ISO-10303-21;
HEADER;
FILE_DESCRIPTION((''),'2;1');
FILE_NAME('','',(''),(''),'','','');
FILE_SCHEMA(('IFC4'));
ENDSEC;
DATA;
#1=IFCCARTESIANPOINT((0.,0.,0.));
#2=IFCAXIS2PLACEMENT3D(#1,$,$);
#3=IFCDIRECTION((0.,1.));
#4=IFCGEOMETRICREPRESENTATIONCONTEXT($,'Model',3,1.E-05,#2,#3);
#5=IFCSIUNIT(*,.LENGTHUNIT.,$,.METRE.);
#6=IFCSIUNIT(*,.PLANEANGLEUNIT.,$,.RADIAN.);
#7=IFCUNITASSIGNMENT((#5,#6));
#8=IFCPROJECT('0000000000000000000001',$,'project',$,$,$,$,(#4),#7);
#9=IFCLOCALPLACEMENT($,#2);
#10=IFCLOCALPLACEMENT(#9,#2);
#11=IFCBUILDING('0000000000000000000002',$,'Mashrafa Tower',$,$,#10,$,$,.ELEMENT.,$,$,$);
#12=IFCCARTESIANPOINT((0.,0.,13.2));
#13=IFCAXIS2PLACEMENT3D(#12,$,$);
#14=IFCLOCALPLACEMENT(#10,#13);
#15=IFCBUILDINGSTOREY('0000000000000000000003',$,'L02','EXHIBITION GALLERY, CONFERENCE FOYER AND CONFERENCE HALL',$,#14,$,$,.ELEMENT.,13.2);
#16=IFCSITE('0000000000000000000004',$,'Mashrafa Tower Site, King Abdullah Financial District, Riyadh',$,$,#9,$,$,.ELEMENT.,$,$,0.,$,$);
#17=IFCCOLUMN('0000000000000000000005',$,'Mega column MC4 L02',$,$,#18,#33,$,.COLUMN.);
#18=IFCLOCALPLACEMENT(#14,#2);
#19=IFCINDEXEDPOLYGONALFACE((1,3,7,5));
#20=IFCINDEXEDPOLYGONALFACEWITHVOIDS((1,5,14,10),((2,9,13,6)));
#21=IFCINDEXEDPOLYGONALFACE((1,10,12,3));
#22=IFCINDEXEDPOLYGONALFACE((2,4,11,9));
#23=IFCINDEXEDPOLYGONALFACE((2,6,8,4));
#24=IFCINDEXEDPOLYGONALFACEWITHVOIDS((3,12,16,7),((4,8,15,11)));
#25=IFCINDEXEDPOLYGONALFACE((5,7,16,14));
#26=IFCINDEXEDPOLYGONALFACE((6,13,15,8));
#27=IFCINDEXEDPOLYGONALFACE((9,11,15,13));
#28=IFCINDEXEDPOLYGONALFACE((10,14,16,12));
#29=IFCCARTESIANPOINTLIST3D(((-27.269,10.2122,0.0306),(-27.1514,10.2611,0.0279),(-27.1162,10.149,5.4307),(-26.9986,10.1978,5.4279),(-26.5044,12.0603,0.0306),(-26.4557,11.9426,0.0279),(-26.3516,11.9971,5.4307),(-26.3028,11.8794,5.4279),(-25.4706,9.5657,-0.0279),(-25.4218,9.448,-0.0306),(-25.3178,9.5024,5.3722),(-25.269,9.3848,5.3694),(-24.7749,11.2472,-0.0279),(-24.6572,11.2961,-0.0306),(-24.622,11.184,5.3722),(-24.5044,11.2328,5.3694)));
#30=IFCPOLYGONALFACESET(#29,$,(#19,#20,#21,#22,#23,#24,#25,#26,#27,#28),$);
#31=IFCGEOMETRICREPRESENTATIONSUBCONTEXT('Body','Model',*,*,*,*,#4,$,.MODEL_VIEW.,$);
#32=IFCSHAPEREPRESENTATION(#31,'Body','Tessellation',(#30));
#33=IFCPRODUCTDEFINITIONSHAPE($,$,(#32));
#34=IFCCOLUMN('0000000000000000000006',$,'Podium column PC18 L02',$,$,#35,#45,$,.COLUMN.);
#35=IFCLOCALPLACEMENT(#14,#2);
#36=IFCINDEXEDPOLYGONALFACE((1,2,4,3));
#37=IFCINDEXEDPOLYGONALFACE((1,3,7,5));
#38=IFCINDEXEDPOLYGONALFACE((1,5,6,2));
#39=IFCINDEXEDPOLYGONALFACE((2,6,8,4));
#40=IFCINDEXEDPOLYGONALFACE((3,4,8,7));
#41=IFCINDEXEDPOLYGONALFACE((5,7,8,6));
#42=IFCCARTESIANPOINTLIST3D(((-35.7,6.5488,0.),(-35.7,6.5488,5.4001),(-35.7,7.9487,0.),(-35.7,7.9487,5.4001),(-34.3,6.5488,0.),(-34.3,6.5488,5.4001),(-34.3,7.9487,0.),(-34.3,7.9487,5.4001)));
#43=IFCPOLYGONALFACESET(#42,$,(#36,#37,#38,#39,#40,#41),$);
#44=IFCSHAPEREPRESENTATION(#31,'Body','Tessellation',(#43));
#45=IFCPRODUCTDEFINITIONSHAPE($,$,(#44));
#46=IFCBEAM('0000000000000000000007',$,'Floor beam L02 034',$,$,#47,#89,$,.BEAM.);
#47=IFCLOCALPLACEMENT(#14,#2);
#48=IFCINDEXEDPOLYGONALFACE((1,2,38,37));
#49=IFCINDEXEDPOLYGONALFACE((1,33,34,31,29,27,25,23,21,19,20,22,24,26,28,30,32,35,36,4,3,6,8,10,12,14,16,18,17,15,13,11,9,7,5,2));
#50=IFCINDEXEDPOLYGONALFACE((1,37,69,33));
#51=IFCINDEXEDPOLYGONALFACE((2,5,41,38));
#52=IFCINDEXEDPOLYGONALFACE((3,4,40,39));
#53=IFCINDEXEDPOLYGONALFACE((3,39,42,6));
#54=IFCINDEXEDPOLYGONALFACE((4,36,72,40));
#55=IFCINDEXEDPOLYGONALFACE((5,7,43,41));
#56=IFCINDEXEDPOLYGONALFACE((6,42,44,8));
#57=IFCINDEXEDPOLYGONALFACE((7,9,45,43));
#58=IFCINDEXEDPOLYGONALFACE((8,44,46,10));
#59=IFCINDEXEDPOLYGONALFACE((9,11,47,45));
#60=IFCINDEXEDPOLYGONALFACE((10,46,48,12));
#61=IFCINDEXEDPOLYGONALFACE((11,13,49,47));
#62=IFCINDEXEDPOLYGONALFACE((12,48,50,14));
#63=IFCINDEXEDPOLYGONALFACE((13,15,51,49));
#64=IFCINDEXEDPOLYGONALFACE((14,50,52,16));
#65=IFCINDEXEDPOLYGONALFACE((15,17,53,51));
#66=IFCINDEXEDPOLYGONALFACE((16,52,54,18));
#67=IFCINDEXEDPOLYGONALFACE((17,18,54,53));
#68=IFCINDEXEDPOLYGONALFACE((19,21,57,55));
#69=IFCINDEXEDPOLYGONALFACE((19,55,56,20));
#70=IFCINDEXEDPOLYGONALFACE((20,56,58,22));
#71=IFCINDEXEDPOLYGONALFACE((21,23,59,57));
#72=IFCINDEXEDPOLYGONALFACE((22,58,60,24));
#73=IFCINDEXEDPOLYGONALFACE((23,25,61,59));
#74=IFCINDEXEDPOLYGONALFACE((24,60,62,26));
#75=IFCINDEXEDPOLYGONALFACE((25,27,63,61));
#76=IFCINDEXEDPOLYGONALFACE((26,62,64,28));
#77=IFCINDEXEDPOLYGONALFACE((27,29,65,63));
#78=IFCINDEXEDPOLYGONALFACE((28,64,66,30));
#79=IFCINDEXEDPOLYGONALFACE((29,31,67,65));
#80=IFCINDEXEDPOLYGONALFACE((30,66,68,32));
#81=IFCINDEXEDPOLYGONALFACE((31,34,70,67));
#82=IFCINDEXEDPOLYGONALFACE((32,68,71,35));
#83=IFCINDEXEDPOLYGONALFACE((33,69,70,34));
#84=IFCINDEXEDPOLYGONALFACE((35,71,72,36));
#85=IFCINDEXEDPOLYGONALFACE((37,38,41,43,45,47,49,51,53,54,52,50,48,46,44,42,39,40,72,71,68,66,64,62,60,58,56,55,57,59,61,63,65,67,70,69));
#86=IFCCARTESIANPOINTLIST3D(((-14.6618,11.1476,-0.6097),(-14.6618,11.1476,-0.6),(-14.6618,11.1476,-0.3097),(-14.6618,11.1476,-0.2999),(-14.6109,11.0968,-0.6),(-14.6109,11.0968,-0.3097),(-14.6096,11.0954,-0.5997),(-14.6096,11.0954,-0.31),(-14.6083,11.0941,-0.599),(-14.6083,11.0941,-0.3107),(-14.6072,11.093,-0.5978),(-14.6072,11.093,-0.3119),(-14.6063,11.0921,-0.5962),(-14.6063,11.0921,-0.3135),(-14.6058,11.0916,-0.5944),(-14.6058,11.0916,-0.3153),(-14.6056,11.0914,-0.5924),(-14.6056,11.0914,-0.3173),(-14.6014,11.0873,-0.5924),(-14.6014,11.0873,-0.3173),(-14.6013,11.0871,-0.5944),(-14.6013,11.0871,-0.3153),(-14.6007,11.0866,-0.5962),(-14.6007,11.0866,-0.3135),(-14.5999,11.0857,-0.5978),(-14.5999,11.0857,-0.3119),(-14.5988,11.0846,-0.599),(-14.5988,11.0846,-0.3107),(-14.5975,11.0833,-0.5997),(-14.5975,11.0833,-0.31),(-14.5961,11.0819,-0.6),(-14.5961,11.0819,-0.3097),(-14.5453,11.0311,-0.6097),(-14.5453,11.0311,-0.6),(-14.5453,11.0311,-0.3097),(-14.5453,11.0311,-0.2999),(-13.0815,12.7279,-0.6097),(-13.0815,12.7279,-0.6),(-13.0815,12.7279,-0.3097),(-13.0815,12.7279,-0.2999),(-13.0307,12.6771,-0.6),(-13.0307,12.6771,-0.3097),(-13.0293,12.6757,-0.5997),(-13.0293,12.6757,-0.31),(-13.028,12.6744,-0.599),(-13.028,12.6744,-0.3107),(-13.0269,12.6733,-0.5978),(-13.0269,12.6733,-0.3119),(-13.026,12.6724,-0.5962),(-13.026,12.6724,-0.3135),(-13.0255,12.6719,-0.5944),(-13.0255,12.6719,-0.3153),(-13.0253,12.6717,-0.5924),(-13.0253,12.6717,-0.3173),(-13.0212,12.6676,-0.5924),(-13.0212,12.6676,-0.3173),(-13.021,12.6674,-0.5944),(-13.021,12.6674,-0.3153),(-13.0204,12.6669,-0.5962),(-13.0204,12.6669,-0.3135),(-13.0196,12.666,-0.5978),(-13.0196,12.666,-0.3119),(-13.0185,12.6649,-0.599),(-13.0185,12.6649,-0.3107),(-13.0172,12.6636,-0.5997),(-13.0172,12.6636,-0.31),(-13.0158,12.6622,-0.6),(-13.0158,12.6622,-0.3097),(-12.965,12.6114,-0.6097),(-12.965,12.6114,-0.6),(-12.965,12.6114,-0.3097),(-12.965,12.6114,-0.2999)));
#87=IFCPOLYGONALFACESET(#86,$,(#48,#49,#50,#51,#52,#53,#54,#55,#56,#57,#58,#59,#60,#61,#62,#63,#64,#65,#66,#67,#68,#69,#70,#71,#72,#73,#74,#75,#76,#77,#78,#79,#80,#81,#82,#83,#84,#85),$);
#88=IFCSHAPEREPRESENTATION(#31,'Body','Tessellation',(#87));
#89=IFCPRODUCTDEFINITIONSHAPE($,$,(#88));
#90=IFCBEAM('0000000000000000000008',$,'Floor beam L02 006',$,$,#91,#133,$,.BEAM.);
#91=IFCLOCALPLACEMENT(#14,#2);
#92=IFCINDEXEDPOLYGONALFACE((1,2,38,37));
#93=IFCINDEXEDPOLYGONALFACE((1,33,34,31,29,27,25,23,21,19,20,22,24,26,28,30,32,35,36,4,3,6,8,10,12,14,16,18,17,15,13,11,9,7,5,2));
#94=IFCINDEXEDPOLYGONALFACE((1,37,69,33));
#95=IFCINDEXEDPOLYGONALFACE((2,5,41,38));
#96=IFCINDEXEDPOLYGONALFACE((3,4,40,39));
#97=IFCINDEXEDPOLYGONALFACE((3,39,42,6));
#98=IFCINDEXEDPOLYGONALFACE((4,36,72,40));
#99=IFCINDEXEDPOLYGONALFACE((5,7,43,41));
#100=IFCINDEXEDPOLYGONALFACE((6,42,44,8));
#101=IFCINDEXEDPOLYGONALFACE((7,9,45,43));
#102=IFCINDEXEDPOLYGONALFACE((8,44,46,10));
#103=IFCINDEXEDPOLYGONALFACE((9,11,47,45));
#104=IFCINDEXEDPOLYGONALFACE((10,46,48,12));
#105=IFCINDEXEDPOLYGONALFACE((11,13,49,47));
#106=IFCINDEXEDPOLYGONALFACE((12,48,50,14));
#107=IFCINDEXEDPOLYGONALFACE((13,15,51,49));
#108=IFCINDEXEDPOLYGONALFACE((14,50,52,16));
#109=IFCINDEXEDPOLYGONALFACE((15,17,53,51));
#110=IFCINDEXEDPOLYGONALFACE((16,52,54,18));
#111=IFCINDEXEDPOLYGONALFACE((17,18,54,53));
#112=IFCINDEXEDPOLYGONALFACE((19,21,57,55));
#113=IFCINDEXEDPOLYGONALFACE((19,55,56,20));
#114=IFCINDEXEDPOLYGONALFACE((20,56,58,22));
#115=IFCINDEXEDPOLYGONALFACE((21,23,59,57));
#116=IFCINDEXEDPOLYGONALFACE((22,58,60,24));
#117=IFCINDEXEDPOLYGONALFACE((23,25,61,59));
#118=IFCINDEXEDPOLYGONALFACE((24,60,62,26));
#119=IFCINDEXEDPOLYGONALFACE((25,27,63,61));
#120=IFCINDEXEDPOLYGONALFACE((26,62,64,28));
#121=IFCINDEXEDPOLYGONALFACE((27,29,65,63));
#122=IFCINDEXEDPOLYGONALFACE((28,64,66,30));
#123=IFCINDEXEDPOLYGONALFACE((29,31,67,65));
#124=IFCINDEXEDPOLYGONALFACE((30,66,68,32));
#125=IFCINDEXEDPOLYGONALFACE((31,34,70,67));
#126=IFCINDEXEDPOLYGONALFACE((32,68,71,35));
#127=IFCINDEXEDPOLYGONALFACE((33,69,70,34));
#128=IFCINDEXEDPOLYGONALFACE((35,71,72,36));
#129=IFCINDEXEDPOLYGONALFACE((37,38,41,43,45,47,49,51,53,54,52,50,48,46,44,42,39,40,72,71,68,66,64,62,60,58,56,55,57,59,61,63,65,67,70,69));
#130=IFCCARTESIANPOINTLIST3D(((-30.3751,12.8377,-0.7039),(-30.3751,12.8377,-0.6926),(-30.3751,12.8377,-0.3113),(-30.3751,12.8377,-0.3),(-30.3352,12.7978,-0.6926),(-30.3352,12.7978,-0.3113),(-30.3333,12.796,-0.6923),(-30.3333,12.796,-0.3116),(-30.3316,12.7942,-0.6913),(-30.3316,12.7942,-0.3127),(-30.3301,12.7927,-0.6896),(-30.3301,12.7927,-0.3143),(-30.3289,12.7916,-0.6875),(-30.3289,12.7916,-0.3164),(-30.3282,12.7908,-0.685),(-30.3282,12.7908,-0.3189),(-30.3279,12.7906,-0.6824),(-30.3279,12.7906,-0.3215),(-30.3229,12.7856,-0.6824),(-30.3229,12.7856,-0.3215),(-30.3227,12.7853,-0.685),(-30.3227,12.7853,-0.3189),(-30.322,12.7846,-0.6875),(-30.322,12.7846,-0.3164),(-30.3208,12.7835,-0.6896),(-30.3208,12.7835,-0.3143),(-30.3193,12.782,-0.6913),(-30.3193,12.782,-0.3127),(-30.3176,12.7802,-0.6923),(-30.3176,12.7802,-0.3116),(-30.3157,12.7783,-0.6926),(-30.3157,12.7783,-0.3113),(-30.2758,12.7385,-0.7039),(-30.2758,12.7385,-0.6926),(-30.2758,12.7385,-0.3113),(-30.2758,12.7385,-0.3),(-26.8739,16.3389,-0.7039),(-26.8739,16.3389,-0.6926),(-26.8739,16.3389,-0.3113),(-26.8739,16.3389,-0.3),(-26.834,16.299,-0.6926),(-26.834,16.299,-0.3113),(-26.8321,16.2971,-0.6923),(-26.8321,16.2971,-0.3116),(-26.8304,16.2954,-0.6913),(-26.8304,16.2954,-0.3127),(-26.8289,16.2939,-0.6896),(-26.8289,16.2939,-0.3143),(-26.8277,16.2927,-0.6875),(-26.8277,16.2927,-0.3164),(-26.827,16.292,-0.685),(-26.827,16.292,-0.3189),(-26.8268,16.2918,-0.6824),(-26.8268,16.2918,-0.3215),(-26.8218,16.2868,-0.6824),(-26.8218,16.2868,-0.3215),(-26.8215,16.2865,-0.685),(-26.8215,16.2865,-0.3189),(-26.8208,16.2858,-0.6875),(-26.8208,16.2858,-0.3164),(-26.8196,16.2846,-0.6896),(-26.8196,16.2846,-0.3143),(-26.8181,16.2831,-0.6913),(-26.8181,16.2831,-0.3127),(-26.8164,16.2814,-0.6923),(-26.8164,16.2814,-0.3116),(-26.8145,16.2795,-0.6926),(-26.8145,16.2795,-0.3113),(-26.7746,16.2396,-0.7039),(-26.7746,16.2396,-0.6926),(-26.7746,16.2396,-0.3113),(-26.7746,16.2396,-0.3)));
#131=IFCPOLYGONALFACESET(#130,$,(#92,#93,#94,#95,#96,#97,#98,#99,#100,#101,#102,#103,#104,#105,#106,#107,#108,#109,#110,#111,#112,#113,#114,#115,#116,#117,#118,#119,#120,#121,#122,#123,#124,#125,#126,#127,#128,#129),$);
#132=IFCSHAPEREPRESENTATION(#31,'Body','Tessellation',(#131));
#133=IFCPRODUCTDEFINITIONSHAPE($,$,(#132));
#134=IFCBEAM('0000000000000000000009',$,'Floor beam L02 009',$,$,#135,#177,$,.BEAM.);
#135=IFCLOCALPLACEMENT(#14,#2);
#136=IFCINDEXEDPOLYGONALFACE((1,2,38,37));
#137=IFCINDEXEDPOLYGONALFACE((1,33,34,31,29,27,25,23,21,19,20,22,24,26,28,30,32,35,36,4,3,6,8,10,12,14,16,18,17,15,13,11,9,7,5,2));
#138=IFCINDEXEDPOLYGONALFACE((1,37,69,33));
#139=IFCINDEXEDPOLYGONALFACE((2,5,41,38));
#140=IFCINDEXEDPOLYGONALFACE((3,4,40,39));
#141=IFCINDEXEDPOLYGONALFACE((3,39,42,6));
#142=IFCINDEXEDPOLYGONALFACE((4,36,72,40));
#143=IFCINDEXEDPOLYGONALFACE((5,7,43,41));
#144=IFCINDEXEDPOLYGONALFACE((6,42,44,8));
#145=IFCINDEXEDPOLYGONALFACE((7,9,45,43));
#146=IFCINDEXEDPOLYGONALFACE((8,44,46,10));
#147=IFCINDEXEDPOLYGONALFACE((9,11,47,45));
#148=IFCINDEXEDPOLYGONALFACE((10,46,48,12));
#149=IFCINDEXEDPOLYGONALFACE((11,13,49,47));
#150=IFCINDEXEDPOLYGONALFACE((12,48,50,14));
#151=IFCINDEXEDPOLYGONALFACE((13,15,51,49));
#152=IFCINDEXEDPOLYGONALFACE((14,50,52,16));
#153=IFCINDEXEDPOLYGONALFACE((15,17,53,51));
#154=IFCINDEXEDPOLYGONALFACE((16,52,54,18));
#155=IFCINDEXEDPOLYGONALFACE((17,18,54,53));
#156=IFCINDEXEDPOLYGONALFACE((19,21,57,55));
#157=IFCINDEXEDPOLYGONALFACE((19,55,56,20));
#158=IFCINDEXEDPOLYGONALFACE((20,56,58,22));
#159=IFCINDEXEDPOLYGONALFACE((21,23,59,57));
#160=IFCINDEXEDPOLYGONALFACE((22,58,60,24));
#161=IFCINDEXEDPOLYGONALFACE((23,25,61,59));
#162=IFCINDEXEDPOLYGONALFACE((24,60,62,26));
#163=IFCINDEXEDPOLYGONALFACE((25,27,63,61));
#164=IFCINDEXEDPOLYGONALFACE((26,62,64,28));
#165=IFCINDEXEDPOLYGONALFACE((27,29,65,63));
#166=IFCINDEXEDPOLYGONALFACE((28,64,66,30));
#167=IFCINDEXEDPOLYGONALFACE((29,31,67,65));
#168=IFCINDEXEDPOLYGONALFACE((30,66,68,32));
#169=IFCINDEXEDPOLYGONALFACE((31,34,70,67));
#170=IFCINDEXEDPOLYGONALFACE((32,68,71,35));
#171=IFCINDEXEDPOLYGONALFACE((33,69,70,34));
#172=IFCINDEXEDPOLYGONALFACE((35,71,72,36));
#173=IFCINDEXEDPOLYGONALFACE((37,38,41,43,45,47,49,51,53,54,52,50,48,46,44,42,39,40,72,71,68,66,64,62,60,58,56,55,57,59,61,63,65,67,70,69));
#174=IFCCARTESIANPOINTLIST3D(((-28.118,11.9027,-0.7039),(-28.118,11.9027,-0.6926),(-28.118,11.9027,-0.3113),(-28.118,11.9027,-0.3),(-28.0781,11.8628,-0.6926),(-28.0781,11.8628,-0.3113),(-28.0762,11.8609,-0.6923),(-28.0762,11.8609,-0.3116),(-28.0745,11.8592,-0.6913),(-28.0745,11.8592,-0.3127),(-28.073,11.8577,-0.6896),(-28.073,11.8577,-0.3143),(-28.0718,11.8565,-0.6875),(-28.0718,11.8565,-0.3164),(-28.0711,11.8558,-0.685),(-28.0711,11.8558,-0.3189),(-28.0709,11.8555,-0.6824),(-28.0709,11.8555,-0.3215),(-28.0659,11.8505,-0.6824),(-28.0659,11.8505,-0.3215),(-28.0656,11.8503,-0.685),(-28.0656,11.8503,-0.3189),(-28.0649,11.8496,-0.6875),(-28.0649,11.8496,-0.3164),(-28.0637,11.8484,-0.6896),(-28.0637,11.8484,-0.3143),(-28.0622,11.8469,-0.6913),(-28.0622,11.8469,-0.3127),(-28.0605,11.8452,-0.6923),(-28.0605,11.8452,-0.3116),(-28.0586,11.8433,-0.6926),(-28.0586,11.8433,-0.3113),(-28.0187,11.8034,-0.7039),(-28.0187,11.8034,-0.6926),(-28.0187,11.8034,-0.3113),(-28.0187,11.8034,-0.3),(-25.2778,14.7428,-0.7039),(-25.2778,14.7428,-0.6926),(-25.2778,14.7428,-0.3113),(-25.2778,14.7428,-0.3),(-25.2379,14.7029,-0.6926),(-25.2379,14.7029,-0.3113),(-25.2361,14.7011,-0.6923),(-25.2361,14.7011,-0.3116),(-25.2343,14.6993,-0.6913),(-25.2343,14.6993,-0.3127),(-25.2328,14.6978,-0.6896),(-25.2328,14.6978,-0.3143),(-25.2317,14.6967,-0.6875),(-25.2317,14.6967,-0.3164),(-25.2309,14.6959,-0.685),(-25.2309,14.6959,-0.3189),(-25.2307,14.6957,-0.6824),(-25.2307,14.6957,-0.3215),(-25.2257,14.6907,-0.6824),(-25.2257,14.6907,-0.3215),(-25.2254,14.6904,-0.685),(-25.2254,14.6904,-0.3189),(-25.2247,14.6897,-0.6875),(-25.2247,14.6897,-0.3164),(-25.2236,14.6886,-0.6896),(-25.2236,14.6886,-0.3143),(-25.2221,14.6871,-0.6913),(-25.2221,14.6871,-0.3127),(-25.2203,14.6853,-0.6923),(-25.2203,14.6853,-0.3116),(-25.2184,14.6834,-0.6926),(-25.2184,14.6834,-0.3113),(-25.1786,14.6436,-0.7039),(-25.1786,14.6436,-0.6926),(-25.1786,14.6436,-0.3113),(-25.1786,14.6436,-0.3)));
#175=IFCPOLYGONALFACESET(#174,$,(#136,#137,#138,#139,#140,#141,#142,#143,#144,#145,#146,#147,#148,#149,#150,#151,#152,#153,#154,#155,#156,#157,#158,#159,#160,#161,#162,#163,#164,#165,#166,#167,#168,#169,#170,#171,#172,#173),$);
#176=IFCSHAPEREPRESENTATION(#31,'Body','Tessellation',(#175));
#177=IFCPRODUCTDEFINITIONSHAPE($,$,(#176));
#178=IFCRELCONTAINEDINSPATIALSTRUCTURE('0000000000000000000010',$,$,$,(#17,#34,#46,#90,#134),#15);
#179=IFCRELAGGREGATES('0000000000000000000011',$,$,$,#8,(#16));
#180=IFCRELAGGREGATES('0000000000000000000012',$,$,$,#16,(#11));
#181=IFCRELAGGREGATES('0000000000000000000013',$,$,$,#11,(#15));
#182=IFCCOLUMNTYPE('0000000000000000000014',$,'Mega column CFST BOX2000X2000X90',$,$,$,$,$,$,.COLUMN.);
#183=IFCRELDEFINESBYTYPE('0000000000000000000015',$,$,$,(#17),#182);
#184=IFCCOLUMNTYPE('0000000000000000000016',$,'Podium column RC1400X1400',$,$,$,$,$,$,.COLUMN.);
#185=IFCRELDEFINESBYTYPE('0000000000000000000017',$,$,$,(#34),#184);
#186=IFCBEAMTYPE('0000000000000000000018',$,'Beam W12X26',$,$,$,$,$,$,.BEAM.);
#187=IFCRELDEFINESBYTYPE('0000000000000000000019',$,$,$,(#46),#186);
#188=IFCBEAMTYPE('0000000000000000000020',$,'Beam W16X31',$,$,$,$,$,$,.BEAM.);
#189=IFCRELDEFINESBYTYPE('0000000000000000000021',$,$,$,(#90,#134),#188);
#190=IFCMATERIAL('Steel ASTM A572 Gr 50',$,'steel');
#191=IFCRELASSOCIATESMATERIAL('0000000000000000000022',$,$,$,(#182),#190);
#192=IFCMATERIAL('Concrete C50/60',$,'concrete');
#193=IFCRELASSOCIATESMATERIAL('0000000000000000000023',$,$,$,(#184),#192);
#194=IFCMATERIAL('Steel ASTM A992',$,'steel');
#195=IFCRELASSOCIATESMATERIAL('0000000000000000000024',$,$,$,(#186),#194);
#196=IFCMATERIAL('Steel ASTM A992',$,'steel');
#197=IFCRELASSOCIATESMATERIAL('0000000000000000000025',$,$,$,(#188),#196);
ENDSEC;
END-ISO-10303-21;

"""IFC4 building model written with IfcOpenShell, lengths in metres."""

from ifc_helpers import new_model, si_unit, direction, frame, origin, origin_2d, place, context, subcontext, project, spatial, rectangle, hollow_rectangle, i_section, extrude, material, material_profile, profile_set, type_object, element, save


model = new_model("IFC4")

# Units and contexts
model_context = context("Model", 3, precision=1e-05, world=origin(), true_north=direction((0.0, 1.0)))
body_context = subcontext(model_context, "Body", "Model", "MODEL_VIEW")
ifc_project = project(units=[si_unit("LENGTHUNIT", "METRE"), si_unit("PLANEANGLEUNIT", "RADIAN")], contexts=[model_context])

# Site, building, storey
site_placement = place(None, origin())
site = spatial("IfcSite", under=ifc_project, at=site_placement, Name="Mashrafa Tower Site, King Abdullah Financial District, Riyadh", CompositionType="ELEMENT", RefElevation=0.0)
building_placement = place(site_placement, origin())
building = spatial("IfcBuilding", under=site, at=building_placement, Name="Mashrafa Tower", CompositionType="ELEMENT")
storey_placement = place(building_placement, frame((0.0, 0.0, 13.2)))
storey = spatial("IfcBuildingStorey", under=building, at=storey_placement, Name="L02", Description="EXHIBITION GALLERY, CONFERENCE FOYER AND CONFERENCE HALL", CompositionType="ELEMENT", Elevation=13.2)

# Columns
ifc_material_1 = material(Name="Steel ASTM A572 Gr 50", Category="steel")
ifc_material_profile_1 = material_profile(ifc_material_1, hollow_rectangle(XDim=2.0, YDim=2.0, WallThickness=0.0901, at=origin_2d()), Name="BOX2000X2000X90")
ifc_profile_set_1 = profile_set([ifc_material_profile_1], Name="Steel ASTM A572 Gr 50")
column_type_1 = type_object("IfcColumnType", Name="Mega column CFST BOX2000X2000X90", PredefinedType="COLUMN", material=ifc_profile_set_1)
column_1_placement = place(storey_placement, frame((-25.9631, 10.7542, 0.0), z_axis=(0.028288, -0.011704, 0.999531), x_axis=(0.382308, 0.924035, 0.0)))
element("IfcColumn", 1, at=column_1_placement, inside=storey, type_object=column_type_1, Name="Mega column MC4 L02", PredefinedType="COLUMN", context=body_context, shape_type="SweptSolid", body=[
    extrude(hollow_rectangle(XDim=2.0, YDim=2.0, WallThickness=0.0901, at=origin_2d()), origin(), (0.0, 0.0, 1.0), 5.4026),
])
ifc_material_2 = material(Name="Concrete C50/60", Category="concrete")
ifc_material_profile_2 = material_profile(ifc_material_2, rectangle(XDim=1.3999, YDim=1.3999, at=origin_2d()), Name="RC1400X1400")
ifc_profile_set_2 = profile_set([ifc_material_profile_2], Name="Concrete C50/60")
column_type_2 = type_object("IfcColumnType", Name="Podium column RC1400X1400", PredefinedType="COLUMN", material=ifc_profile_set_2)
column_2_placement = place(storey_placement, frame((-35.0, 7.2488, 0.0), z_axis=(0.0, 0.0, 1.0), x_axis=(1.0, 0.0, 0.0)))
element("IfcColumn", 2, at=column_2_placement, inside=storey, type_object=column_type_2, Name="Podium column PC18 L02", PredefinedType="COLUMN", context=body_context, shape_type="SweptSolid", body=[
    extrude(rectangle(XDim=1.3999, YDim=1.3999, at=origin_2d()), origin(), (0.0, 0.0, 1.0), 5.4001),
])

# Beams
ifc_material_3 = material(Name="Steel ASTM A992", Category="steel")
ifc_material_profile_3 = material_profile(ifc_material_3, i_section(OverallWidth=0.1648, OverallDepth=0.3098, WebThickness=0.0059, FlangeThickness=0.0098, FilletRadius=0.0076, at=origin_2d()), Name="W12X26")
ifc_profile_set_3 = profile_set([ifc_material_profile_3], Name="Steel ASTM A992")
beam_type_1 = type_object("IfcBeamType", Name="Beam W12X26", PredefinedType="BEAM", material=ifc_profile_set_3)
beam_1_placement = place(storey_placement, frame((-14.6035, 11.0894, -0.4548), z_axis=(0.707107, 0.707107, 0.0), x_axis=(-0.707107, 0.707107, 0.0)))
element("IfcBeam", 3, at=beam_1_placement, inside=storey, type_object=beam_type_1, Name="Floor beam L02 034", PredefinedType="BEAM", context=body_context, shape_type="SweptSolid", body=[
    extrude(i_section(OverallWidth=0.1648, OverallDepth=0.3098, WebThickness=0.0059, FlangeThickness=0.0098, FilletRadius=0.0076, at=origin_2d()), origin(), (0.0, 0.0, 1.0), 2.2349),
])
ifc_material_4 = material(Name="Steel ASTM A992", Category="steel")
ifc_material_profile_4 = material_profile(ifc_material_4, i_section(OverallWidth=0.1404, OverallDepth=0.4038, WebThickness=0.0071, FlangeThickness=0.0112, FilletRadius=0.0103, at=origin_2d()), Name="W16X31")
ifc_profile_set_4 = profile_set([ifc_material_profile_4], Name="Steel ASTM A992")
beam_type_2 = type_object("IfcBeamType", Name="Beam W16X31", PredefinedType="BEAM", material=ifc_profile_set_4)
beam_2_placement = place(storey_placement, frame((-30.3254, 12.7881, -0.502), z_axis=(0.707107, 0.707107, 0.0), x_axis=(-0.707107, 0.707107, 0.0)))
element("IfcBeam", 4, at=beam_2_placement, inside=storey, type_object=beam_type_2, Name="Floor beam L02 006", PredefinedType="BEAM", context=body_context, shape_type="SweptSolid", body=[
    extrude(i_section(OverallWidth=0.1404, OverallDepth=0.4038, WebThickness=0.0071, FlangeThickness=0.0112, FilletRadius=0.0103, at=origin_2d()), origin(), (0.0, 0.0, 1.0), 4.9514),
])
beam_3_placement = place(storey_placement, frame((-28.0684, 11.853, -0.502), z_axis=(0.707107, 0.707107, 0.0), x_axis=(-0.707107, 0.707107, 0.0)))
element("IfcBeam", 5, at=beam_3_placement, inside=storey, type_object=beam_type_2, Name="Floor beam L02 009", PredefinedType="BEAM", context=body_context, shape_type="SweptSolid", body=[
    extrude(i_section(OverallWidth=0.1404, OverallDepth=0.4038, WebThickness=0.0071, FlangeThickness=0.0112, FilletRadius=0.0103, at=origin_2d()), origin(), (0.0, 0.0, 1.0), 4.0166),
])

save(model, "model.ifc")
